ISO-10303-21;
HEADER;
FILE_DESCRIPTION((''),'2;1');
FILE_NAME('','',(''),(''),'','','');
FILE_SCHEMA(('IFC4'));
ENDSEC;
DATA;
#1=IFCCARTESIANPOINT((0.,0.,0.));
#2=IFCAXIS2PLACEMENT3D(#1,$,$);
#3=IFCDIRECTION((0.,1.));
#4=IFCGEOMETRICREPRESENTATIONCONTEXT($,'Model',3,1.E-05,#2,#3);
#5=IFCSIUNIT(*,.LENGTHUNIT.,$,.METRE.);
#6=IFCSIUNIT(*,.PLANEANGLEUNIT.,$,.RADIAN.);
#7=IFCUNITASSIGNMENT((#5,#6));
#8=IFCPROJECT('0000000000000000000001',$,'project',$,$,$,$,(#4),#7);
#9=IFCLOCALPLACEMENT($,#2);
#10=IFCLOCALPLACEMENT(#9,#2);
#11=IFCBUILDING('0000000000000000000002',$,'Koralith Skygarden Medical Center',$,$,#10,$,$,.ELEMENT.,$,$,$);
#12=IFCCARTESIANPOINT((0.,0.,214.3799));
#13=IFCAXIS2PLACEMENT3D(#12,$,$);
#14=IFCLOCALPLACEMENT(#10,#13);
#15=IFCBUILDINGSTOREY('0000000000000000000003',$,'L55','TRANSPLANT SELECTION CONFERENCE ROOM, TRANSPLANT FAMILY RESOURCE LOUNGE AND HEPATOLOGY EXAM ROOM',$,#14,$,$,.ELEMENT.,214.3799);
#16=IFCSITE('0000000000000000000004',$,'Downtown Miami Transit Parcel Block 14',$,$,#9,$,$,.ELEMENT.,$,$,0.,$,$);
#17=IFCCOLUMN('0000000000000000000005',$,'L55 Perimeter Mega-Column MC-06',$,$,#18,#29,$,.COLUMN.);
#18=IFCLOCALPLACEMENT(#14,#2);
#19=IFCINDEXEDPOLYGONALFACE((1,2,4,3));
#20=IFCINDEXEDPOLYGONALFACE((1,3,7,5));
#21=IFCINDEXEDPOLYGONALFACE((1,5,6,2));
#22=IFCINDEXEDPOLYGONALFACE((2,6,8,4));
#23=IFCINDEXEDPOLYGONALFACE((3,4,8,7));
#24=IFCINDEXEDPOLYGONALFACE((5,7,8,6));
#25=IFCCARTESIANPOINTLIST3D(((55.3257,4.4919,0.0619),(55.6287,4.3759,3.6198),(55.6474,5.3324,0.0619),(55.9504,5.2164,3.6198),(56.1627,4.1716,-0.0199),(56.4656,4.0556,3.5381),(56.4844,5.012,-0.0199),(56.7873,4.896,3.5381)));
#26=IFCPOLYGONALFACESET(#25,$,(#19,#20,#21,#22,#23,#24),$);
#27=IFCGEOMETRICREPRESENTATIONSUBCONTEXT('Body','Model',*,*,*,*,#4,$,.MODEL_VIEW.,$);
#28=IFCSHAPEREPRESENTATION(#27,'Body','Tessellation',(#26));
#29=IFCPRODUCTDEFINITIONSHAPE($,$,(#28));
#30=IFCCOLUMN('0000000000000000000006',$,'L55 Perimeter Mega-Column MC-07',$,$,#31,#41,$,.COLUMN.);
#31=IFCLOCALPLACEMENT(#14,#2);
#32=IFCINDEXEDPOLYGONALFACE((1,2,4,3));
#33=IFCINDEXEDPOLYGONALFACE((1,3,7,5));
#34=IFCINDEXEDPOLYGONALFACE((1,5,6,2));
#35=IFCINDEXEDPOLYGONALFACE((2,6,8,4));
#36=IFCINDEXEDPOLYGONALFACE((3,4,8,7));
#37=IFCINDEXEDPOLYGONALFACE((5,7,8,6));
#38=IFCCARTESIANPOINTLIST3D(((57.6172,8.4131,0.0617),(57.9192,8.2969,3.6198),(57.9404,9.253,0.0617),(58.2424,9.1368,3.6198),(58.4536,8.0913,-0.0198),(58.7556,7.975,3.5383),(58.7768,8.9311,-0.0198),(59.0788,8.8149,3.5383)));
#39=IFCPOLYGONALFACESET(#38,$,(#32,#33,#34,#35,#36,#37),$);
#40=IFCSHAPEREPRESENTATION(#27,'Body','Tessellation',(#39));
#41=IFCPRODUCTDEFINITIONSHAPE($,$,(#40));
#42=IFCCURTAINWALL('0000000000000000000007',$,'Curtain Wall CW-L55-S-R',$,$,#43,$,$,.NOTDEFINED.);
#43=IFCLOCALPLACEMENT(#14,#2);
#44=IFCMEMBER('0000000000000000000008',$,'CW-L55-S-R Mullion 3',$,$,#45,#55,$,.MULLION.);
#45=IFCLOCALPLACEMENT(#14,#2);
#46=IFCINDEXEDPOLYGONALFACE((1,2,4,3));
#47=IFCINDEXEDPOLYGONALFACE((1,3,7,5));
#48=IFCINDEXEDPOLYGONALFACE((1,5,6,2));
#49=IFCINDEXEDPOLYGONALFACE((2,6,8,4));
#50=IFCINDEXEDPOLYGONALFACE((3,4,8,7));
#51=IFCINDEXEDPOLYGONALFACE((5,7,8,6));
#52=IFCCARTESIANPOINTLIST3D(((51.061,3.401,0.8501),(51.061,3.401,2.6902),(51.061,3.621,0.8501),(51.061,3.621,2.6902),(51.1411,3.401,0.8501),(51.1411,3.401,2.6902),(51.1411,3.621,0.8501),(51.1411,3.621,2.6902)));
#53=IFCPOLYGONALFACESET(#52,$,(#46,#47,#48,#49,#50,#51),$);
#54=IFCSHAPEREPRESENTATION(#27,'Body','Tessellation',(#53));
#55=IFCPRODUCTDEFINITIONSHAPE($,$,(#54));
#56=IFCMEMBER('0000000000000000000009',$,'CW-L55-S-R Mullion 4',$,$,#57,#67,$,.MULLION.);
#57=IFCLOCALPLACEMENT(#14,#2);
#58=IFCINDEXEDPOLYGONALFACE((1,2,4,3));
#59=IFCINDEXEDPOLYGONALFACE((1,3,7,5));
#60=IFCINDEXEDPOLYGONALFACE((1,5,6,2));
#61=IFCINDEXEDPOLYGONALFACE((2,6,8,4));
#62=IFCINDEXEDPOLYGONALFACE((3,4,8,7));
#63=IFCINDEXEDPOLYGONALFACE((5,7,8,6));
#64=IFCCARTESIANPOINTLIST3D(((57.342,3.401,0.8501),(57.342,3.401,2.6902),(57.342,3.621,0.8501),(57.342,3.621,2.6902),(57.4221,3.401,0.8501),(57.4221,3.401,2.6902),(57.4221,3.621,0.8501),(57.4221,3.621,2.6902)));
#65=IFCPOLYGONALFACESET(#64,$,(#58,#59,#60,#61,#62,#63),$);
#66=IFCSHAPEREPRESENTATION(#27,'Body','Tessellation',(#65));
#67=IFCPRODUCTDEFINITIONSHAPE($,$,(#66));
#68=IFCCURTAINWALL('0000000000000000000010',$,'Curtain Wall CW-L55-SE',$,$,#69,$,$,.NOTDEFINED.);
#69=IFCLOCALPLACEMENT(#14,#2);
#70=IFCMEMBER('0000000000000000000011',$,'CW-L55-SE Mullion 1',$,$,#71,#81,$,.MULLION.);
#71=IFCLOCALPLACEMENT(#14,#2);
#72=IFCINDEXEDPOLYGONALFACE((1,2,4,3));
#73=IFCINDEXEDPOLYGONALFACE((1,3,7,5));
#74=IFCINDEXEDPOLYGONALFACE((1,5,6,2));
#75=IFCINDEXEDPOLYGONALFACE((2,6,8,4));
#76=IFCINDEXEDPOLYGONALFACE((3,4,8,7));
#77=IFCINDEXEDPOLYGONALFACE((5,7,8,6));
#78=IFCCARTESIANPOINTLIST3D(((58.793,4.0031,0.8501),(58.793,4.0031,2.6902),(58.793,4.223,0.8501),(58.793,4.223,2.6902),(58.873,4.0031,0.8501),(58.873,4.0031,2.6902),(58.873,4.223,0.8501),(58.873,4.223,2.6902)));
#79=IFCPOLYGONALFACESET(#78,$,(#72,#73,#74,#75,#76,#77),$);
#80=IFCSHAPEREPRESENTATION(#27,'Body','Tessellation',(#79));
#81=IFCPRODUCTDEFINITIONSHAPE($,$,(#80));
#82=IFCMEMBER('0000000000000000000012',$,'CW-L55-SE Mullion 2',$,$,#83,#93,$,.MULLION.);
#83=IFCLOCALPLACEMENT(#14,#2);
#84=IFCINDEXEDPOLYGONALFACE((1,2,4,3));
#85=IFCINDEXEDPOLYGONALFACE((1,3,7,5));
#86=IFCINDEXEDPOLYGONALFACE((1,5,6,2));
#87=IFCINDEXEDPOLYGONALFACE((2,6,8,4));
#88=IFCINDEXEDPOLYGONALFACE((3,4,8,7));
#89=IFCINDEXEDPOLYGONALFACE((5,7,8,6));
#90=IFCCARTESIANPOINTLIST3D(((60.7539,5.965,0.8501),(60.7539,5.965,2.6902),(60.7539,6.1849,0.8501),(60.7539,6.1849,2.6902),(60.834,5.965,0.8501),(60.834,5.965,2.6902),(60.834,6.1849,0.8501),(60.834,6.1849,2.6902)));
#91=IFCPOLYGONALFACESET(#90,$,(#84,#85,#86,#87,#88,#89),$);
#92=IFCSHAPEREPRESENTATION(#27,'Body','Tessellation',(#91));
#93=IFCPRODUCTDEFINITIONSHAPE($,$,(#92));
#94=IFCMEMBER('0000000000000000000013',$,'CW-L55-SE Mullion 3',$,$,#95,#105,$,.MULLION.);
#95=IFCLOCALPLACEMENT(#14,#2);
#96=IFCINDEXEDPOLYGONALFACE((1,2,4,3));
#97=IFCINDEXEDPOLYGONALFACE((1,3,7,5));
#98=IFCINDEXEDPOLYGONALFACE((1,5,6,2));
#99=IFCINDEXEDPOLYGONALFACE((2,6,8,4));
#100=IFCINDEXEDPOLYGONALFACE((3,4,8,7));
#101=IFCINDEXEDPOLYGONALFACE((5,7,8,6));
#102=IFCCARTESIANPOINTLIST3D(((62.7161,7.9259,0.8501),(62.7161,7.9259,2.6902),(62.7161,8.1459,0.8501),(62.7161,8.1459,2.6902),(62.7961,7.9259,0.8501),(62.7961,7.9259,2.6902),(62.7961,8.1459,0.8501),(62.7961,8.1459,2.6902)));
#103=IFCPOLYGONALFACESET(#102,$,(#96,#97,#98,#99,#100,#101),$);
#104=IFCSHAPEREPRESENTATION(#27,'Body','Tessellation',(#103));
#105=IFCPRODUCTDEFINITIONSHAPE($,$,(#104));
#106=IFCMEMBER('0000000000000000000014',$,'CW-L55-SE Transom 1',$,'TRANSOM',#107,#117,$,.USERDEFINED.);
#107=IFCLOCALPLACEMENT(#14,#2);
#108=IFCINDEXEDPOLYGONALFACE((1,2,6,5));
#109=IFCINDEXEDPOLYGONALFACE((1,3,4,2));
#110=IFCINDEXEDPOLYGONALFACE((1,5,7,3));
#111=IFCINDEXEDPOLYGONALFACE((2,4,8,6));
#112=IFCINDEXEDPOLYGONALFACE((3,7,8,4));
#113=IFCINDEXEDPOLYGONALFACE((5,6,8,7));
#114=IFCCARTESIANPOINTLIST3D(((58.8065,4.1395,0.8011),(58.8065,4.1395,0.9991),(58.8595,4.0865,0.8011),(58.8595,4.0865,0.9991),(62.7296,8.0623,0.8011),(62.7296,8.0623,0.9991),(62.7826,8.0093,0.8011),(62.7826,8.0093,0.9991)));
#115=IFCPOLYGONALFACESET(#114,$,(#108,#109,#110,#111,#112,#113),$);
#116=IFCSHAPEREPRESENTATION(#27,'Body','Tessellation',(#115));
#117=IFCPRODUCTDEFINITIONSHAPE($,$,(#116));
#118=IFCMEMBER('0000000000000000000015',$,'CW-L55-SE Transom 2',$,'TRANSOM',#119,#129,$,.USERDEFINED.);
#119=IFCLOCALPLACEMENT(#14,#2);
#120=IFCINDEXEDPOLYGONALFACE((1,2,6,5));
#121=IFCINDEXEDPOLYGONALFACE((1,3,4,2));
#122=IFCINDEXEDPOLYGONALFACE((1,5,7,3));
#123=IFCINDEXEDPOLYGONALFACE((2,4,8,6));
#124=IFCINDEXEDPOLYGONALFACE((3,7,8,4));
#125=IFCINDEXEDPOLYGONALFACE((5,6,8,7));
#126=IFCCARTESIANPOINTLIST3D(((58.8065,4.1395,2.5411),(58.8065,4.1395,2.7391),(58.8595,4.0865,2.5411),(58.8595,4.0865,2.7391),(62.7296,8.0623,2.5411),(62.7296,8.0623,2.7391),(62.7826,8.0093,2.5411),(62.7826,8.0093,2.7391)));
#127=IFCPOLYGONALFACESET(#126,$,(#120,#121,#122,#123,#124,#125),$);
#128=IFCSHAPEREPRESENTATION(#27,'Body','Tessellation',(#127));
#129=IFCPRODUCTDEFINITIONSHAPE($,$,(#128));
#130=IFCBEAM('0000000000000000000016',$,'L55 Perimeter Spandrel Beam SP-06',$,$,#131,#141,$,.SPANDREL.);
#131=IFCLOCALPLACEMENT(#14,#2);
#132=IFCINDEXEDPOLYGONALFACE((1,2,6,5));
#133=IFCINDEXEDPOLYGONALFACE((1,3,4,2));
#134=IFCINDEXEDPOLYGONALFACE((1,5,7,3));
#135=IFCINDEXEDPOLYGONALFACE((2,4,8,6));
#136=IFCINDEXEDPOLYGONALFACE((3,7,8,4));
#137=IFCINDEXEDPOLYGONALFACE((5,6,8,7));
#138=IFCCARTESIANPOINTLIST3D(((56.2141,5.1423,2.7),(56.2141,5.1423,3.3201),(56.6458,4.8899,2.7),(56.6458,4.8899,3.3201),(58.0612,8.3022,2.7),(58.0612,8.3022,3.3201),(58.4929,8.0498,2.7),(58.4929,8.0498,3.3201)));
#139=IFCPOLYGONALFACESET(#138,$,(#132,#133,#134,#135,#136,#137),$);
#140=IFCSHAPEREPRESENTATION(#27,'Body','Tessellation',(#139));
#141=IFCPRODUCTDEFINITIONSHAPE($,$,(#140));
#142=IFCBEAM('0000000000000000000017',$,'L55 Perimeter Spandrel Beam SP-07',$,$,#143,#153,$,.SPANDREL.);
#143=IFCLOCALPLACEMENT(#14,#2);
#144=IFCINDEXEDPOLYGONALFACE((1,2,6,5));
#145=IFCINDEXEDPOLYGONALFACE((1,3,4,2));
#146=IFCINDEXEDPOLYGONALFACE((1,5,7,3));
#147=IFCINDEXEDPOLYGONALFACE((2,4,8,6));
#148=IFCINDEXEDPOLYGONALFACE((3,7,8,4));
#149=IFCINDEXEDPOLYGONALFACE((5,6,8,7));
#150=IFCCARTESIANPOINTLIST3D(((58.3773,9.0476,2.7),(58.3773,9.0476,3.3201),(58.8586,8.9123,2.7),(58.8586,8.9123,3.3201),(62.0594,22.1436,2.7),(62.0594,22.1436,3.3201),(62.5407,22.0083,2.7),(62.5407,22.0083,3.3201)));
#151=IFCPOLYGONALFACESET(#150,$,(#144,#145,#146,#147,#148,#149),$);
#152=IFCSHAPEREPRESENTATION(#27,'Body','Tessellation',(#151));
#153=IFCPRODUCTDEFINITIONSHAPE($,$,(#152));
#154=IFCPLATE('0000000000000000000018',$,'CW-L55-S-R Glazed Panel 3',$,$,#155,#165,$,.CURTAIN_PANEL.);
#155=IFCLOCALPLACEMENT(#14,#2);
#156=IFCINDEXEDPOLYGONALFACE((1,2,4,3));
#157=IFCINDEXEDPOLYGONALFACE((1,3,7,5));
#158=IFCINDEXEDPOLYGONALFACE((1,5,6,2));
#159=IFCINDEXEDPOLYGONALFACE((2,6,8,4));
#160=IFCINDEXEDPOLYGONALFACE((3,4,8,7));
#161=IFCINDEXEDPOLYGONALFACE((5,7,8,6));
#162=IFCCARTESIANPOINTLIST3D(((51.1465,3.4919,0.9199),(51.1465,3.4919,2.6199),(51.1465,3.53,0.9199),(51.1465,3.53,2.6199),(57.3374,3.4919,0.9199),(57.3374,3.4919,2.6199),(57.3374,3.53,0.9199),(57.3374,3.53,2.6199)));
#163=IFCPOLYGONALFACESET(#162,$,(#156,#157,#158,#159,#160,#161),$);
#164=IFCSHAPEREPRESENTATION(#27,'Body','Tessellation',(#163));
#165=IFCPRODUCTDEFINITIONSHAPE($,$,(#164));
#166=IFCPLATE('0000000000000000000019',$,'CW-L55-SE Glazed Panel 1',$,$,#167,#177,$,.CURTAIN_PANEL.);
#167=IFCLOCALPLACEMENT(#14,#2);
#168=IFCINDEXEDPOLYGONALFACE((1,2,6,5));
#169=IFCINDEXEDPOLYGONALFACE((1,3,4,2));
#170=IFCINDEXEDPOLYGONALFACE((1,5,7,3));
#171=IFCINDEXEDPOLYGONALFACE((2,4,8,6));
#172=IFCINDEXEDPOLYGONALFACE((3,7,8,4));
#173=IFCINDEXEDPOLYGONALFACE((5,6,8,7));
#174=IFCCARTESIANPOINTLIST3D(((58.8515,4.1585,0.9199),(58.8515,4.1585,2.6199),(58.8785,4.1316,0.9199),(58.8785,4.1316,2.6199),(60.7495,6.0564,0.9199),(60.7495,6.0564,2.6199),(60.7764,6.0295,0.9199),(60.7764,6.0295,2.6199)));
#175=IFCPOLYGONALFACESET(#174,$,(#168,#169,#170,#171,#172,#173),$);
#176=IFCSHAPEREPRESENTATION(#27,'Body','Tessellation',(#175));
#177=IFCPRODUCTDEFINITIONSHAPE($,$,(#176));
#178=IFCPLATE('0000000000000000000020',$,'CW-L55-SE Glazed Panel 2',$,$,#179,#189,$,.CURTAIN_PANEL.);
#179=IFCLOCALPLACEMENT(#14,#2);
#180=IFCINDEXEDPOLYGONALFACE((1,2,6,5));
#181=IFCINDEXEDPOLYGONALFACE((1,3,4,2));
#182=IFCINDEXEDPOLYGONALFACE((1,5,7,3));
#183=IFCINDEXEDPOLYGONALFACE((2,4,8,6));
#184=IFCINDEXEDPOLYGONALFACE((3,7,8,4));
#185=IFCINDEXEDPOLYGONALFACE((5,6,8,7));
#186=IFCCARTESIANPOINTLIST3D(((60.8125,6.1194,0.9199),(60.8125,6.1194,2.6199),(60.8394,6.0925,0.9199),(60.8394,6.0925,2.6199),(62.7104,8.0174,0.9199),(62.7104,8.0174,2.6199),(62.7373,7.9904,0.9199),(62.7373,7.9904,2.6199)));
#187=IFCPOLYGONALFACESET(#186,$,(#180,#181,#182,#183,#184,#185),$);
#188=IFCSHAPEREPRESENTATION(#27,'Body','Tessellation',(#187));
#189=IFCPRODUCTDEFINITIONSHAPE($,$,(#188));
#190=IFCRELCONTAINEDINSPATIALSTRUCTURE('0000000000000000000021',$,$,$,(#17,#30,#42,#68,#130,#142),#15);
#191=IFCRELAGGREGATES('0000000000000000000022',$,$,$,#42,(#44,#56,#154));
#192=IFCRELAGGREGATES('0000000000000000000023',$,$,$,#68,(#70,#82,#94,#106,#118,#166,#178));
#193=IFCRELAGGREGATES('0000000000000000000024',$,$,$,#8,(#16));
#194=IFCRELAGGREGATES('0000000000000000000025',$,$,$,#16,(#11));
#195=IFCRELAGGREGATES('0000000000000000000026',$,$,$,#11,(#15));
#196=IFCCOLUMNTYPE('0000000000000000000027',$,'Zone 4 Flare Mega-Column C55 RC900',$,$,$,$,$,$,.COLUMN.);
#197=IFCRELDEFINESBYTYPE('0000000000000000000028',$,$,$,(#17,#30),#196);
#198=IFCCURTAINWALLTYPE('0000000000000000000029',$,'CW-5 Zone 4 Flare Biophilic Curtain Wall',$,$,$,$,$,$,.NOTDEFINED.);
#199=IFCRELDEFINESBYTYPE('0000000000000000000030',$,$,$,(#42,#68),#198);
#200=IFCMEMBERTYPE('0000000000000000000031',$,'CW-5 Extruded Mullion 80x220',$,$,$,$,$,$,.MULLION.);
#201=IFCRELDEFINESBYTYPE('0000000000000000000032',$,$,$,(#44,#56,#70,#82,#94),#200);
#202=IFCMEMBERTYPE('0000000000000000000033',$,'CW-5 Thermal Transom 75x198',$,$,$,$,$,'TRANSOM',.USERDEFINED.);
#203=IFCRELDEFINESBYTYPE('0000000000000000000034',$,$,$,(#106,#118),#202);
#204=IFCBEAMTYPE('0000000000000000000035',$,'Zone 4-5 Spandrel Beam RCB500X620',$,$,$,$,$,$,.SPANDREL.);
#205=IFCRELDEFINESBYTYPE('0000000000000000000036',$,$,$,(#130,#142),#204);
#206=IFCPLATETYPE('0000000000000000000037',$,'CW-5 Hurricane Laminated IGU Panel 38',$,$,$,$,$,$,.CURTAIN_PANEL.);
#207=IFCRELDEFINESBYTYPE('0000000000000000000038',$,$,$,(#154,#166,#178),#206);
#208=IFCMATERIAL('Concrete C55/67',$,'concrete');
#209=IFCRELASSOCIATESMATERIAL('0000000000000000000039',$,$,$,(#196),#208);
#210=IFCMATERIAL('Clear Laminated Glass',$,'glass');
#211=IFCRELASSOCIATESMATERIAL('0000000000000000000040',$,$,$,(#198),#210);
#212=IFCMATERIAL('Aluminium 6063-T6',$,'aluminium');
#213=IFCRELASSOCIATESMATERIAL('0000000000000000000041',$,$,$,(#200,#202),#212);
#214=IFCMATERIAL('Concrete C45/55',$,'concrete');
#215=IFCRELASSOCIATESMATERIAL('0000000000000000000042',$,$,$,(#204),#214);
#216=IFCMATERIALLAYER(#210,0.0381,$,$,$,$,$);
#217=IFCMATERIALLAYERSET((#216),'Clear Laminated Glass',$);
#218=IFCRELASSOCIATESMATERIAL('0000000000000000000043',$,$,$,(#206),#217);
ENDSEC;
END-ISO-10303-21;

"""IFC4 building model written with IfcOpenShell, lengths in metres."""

from ifc_helpers import new_model, si_unit, direction, frame, origin, origin_2d, place, context, subcontext, project, spatial, rectangle, extrude, material, layer, layer_set, material_profile, profile_set, type_object, element, aggregate, save


model = new_model("IFC4")

# Units and contexts
model_context = context("Model", 3, precision=1e-05, world=origin(), true_north=direction((0.0, 1.0)))
body_context = subcontext(model_context, "Body", "Model", "MODEL_VIEW")
ifc_project = project(units=[si_unit("LENGTHUNIT", "METRE"), si_unit("PLANEANGLEUNIT", "RADIAN")], contexts=[model_context])

# Site, building, storey
site_placement = place(None, origin())
site = spatial("IfcSite", under=ifc_project, at=site_placement, Name="Downtown Miami Transit Parcel Block 14", CompositionType="ELEMENT", RefElevation=0.0)
building_placement = place(site_placement, origin())
building = spatial("IfcBuilding", under=site, at=building_placement, Name="Koralith Skygarden Medical Center", CompositionType="ELEMENT")
storey_placement = place(building_placement, frame((0.0, 0.0, 214.3799)))
storey = spatial("IfcBuildingStorey", under=building, at=storey_placement, Name="L55", Description="TRANSPLANT SELECTION CONFERENCE ROOM, TRANSPLANT FAMILY RESOURCE LOUNGE AND HEPATOLOGY EXAM ROOM", CompositionType="ELEMENT", Elevation=214.3799)

# Columns
ifc_material_1 = material(Name="Concrete C55/67", Category="concrete")
ifc_material_profile_1 = material_profile(ifc_material_1, rectangle(XDim=0.8999, YDim=0.8999, at=origin_2d()), Name="RC900X900")
ifc_profile_set_1 = profile_set([ifc_material_profile_1], Name="Concrete C55/67")
column_type = type_object("IfcColumnType", Name="Zone 4 Flare Mega-Column C55 RC900", PredefinedType="COLUMN", material=ifc_profile_set_1)
for number, where, z_axis, x_axis, name in (
    (1, (55.905, 4.752, 0.021), (0.0848, -0.032458, 0.995869), (0.357466, 0.933926, 0.0), "L55 Perimeter Mega-Column MC-06"),
    (2, (58.197, 8.6721, 0.021), (0.084528, -0.032527, 0.99589), (0.359131, 0.933287, 0.0), "L55 Perimeter Mega-Column MC-07"),
):
    element("IfcColumn", number, at=place(storey_placement, frame(where, z_axis=z_axis, x_axis=x_axis)), inside=storey, type_object=column_type, Name=name, PredefinedType="COLUMN", context=body_context, shape_type="SweptSolid", body=[
        extrude(rectangle(XDim=0.8999, YDim=0.8999, at=origin_2d()), origin(), (0.0, 0.0, 1.0), 3.5728),
    ])

# Curtain walls, members
ifc_material_2 = material(Name="Clear Laminated Glass", Category="glass")
curtain_wall_type = type_object("IfcCurtainWallType", Name="CW-5 Zone 4 Flare Biophilic Curtain Wall", PredefinedType="NOTDEFINED", material=ifc_material_2)
curtain_wall_1_placement = place(storey_placement, origin())
curtain_wall_1 = element("IfcCurtainWall", 3, at=curtain_wall_1_placement, inside=storey, type_object=curtain_wall_type, Name="Curtain Wall CW-L55-S-R", PredefinedType="NOTDEFINED")
ifc_material_3 = material(Name="Aluminium 6063-T6", Category="aluminium")
ifc_material_profile_2 = material_profile(ifc_material_3, rectangle(XDim=0.0801, YDim=0.22, at=origin_2d()), Name="MUL80X220")
ifc_profile_set_2 = profile_set([ifc_material_profile_2], Name="Aluminium 6063-T6")
member_type_1 = type_object("IfcMemberType", Name="CW-5 Extruded Mullion 80x220", PredefinedType="MULLION", material=ifc_profile_set_2)
member_1_placement = place(storey_placement, frame((51.1011, 3.511, 0.8501), z_axis=(0.0, 0.0, 1.0), x_axis=(1.0, 0.0, 0.0)))
member_1 = element("IfcMember", 4, at=member_1_placement, type_object=member_type_1, Name="CW-L55-S-R Mullion 3", PredefinedType="MULLION", context=body_context, shape_type="SweptSolid", body=[
    extrude(rectangle(XDim=0.0801, YDim=0.22, at=origin_2d()), origin(), (0.0, 0.0, 1.0), 1.8401),
])
member_2_placement = place(storey_placement, frame((57.3821, 3.511, 0.8501), z_axis=(0.0, 0.0, 1.0), x_axis=(1.0, 0.0, 0.0)))
member_2 = element("IfcMember", 5, at=member_2_placement, type_object=member_type_1, Name="CW-L55-S-R Mullion 4", PredefinedType="MULLION", context=body_context, shape_type="SweptSolid", body=[
    extrude(rectangle(XDim=0.0801, YDim=0.22, at=origin_2d()), origin(), (0.0, 0.0, 1.0), 1.8401),
])
curtain_wall_2_placement = place(storey_placement, origin())
curtain_wall_2 = element("IfcCurtainWall", 6, at=curtain_wall_2_placement, inside=storey, type_object=curtain_wall_type, Name="Curtain Wall CW-L55-SE", PredefinedType="NOTDEFINED")
member_3_placement = place(storey_placement, frame((58.833, 4.113, 0.8501), z_axis=(0.0, 0.0, 1.0), x_axis=(1.0, 0.0, 0.0)))
member_3 = element("IfcMember", 7, at=member_3_placement, type_object=member_type_1, Name="CW-L55-SE Mullion 1", PredefinedType="MULLION", context=body_context, shape_type="SweptSolid", body=[
    extrude(rectangle(XDim=0.0801, YDim=0.22, at=origin_2d()), origin(), (0.0, 0.0, 1.0), 1.8401),
])
member_4_placement = place(storey_placement, frame((60.7939, 6.075, 0.8501), z_axis=(0.0, 0.0, 1.0), x_axis=(1.0, 0.0, 0.0)))
member_4 = element("IfcMember", 8, at=member_4_placement, type_object=member_type_1, Name="CW-L55-SE Mullion 2", PredefinedType="MULLION", context=body_context, shape_type="SweptSolid", body=[
    extrude(rectangle(XDim=0.0801, YDim=0.22, at=origin_2d()), origin(), (0.0, 0.0, 1.0), 1.8401),
])
member_5_placement = place(storey_placement, frame((62.7561, 8.0359, 0.8501), z_axis=(0.0, 0.0, 1.0), x_axis=(1.0, 0.0, 0.0)))
member_5 = element("IfcMember", 9, at=member_5_placement, type_object=member_type_1, Name="CW-L55-SE Mullion 3", PredefinedType="MULLION", context=body_context, shape_type="SweptSolid", body=[
    extrude(rectangle(XDim=0.0801, YDim=0.22, at=origin_2d()), origin(), (0.0, 0.0, 1.0), 1.8401),
])
ifc_material_profile_3 = material_profile(ifc_material_3, rectangle(XDim=0.075, YDim=0.198, at=origin_2d()), Name="TRN75X198")
ifc_profile_set_3 = profile_set([ifc_material_profile_3], Name="Aluminium 6063-T6")
member_type_2 = type_object("IfcMemberType", Name="CW-5 Thermal Transom 75x198", ElementType="TRANSOM", PredefinedType="USERDEFINED", material=ifc_profile_set_3)
member_6_placement = place(storey_placement, frame((58.833, 4.113, 0.9001), z_axis=(0.707129, 0.707085, 0.0), x_axis=(-0.707085, 0.707129, 0.0)))
member_6 = element("IfcMember", 10, at=member_6_placement, type_object=member_type_2, Name="CW-L55-SE Transom 1", ObjectType="TRANSOM", PredefinedType="USERDEFINED", context=body_context, shape_type="SweptSolid", body=[
    extrude(rectangle(XDim=0.075, YDim=0.198, at=origin_2d()), origin(), (0.0, 0.0, 1.0), 5.5479),
])
member_7_placement = place(storey_placement, frame((58.833, 4.113, 2.6401), z_axis=(0.707129, 0.707085, 0.0), x_axis=(-0.707085, 0.707129, 0.0)))
member_7 = element("IfcMember", 11, at=member_7_placement, type_object=member_type_2, Name="CW-L55-SE Transom 2", ObjectType="TRANSOM", PredefinedType="USERDEFINED", context=body_context, shape_type="SweptSolid", body=[
    extrude(rectangle(XDim=0.075, YDim=0.198, at=origin_2d()), origin(), (0.0, 0.0, 1.0), 5.5479),
])

# Beams
ifc_material_4 = material(Name="Concrete C45/55", Category="concrete")
ifc_material_profile_4 = material_profile(ifc_material_4, rectangle(XDim=0.5, YDim=0.6201, at=origin_2d()), Name="RCB500X620")
ifc_profile_set_4 = profile_set([ifc_material_profile_4], Name="Concrete C45/55")
beam_type = type_object("IfcBeamType", Name="Zone 4-5 Spandrel Beam RCB500X620", PredefinedType="SPANDREL", material=ifc_profile_set_4)
beam_1_placement = place(storey_placement, frame((56.4299, 5.0161, 3.01), z_axis=(0.504663, 0.863316, 0.0), x_axis=(-0.863316, 0.504663, 0.0)))
element("IfcBeam", 12, at=beam_1_placement, inside=storey, type_object=beam_type, Name="L55 Perimeter Spandrel Beam SP-06", PredefinedType="SPANDREL", context=body_context, shape_type="SweptSolid", body=[
    extrude(rectangle(XDim=0.5, YDim=0.6201, at=origin_2d()), origin(), (0.0, 0.0, 1.0), 3.6602),
])
beam_2_placement = place(storey_placement, frame((58.6179, 8.98, 3.01), z_axis=(0.27067, 0.962672, 0.0), x_axis=(-0.962672, 0.27067, 0.0)))
element("IfcBeam", 13, at=beam_2_placement, inside=storey, type_object=beam_type, Name="L55 Perimeter Spandrel Beam SP-07", PredefinedType="SPANDREL", context=body_context, shape_type="SweptSolid", body=[
    extrude(rectangle(XDim=0.5, YDim=0.6201, at=origin_2d()), origin(), (0.0, 0.0, 1.0), 13.6038),
])

# Plates
ifc_layer_1 = layer(ifc_material_2, 0.0381)
ifc_layer_set_1 = layer_set([ifc_layer_1], Name="Clear Laminated Glass")
plate_type_1 = type_object("IfcPlateType", Name="CW-5 Hurricane Laminated IGU Panel 38", PredefinedType="CURTAIN_PANEL", material=ifc_layer_set_1)
plate_1_placement = place(storey_placement, frame((54.2419, 3.511, 0.9199), z_axis=(0.0, 0.0, 1.0), x_axis=(1.0, 0.0, 0.0)))
plate_1 = element("IfcPlate", 14, at=plate_1_placement, type_object=plate_type_1, Name="CW-L55-S-R Glazed Panel 3", PredefinedType="CURTAIN_PANEL", context=body_context, shape_type="SweptSolid", body=[
    extrude(rectangle(XDim=6.1909, YDim=0.0381, at=origin_2d()), origin(), (0.0, 0.0, 1.0), 1.7),
])
aggregate(curtain_wall_1, [member_1, member_2, plate_1])
plate_2_placement = place(storey_placement, frame((59.814, 5.094, 0.9199), z_axis=(0.0, 0.0, 1.0), x_axis=(0.707107, 0.707107, 0.0)))
plate_2 = element("IfcPlate", 15, at=plate_2_placement, type_object=plate_type_1, Name="CW-L55-SE Glazed Panel 1", PredefinedType="CURTAIN_PANEL", context=body_context, shape_type="SweptSolid", body=[
    extrude(rectangle(XDim=2.6841, YDim=0.0381, at=origin_2d()), origin(), (0.0, 0.0, 1.0), 1.7),
])
plate_3_placement = place(storey_placement, frame((61.7749, 7.0549, 0.9199), z_axis=(0.0, 0.0, 1.0), x_axis=(0.707107, 0.707107, 0.0)))
plate_3 = element("IfcPlate", 16, at=plate_3_placement, type_object=plate_type_1, Name="CW-L55-SE Glazed Panel 2", PredefinedType="CURTAIN_PANEL", context=body_context, shape_type="SweptSolid", body=[
    extrude(rectangle(XDim=2.6841, YDim=0.0381, at=origin_2d()), origin(), (0.0, 0.0, 1.0), 1.7),
])
aggregate(curtain_wall_2, [member_3, member_4, member_5, member_6, member_7, plate_2, plate_3])

save(model, "model.ifc")
